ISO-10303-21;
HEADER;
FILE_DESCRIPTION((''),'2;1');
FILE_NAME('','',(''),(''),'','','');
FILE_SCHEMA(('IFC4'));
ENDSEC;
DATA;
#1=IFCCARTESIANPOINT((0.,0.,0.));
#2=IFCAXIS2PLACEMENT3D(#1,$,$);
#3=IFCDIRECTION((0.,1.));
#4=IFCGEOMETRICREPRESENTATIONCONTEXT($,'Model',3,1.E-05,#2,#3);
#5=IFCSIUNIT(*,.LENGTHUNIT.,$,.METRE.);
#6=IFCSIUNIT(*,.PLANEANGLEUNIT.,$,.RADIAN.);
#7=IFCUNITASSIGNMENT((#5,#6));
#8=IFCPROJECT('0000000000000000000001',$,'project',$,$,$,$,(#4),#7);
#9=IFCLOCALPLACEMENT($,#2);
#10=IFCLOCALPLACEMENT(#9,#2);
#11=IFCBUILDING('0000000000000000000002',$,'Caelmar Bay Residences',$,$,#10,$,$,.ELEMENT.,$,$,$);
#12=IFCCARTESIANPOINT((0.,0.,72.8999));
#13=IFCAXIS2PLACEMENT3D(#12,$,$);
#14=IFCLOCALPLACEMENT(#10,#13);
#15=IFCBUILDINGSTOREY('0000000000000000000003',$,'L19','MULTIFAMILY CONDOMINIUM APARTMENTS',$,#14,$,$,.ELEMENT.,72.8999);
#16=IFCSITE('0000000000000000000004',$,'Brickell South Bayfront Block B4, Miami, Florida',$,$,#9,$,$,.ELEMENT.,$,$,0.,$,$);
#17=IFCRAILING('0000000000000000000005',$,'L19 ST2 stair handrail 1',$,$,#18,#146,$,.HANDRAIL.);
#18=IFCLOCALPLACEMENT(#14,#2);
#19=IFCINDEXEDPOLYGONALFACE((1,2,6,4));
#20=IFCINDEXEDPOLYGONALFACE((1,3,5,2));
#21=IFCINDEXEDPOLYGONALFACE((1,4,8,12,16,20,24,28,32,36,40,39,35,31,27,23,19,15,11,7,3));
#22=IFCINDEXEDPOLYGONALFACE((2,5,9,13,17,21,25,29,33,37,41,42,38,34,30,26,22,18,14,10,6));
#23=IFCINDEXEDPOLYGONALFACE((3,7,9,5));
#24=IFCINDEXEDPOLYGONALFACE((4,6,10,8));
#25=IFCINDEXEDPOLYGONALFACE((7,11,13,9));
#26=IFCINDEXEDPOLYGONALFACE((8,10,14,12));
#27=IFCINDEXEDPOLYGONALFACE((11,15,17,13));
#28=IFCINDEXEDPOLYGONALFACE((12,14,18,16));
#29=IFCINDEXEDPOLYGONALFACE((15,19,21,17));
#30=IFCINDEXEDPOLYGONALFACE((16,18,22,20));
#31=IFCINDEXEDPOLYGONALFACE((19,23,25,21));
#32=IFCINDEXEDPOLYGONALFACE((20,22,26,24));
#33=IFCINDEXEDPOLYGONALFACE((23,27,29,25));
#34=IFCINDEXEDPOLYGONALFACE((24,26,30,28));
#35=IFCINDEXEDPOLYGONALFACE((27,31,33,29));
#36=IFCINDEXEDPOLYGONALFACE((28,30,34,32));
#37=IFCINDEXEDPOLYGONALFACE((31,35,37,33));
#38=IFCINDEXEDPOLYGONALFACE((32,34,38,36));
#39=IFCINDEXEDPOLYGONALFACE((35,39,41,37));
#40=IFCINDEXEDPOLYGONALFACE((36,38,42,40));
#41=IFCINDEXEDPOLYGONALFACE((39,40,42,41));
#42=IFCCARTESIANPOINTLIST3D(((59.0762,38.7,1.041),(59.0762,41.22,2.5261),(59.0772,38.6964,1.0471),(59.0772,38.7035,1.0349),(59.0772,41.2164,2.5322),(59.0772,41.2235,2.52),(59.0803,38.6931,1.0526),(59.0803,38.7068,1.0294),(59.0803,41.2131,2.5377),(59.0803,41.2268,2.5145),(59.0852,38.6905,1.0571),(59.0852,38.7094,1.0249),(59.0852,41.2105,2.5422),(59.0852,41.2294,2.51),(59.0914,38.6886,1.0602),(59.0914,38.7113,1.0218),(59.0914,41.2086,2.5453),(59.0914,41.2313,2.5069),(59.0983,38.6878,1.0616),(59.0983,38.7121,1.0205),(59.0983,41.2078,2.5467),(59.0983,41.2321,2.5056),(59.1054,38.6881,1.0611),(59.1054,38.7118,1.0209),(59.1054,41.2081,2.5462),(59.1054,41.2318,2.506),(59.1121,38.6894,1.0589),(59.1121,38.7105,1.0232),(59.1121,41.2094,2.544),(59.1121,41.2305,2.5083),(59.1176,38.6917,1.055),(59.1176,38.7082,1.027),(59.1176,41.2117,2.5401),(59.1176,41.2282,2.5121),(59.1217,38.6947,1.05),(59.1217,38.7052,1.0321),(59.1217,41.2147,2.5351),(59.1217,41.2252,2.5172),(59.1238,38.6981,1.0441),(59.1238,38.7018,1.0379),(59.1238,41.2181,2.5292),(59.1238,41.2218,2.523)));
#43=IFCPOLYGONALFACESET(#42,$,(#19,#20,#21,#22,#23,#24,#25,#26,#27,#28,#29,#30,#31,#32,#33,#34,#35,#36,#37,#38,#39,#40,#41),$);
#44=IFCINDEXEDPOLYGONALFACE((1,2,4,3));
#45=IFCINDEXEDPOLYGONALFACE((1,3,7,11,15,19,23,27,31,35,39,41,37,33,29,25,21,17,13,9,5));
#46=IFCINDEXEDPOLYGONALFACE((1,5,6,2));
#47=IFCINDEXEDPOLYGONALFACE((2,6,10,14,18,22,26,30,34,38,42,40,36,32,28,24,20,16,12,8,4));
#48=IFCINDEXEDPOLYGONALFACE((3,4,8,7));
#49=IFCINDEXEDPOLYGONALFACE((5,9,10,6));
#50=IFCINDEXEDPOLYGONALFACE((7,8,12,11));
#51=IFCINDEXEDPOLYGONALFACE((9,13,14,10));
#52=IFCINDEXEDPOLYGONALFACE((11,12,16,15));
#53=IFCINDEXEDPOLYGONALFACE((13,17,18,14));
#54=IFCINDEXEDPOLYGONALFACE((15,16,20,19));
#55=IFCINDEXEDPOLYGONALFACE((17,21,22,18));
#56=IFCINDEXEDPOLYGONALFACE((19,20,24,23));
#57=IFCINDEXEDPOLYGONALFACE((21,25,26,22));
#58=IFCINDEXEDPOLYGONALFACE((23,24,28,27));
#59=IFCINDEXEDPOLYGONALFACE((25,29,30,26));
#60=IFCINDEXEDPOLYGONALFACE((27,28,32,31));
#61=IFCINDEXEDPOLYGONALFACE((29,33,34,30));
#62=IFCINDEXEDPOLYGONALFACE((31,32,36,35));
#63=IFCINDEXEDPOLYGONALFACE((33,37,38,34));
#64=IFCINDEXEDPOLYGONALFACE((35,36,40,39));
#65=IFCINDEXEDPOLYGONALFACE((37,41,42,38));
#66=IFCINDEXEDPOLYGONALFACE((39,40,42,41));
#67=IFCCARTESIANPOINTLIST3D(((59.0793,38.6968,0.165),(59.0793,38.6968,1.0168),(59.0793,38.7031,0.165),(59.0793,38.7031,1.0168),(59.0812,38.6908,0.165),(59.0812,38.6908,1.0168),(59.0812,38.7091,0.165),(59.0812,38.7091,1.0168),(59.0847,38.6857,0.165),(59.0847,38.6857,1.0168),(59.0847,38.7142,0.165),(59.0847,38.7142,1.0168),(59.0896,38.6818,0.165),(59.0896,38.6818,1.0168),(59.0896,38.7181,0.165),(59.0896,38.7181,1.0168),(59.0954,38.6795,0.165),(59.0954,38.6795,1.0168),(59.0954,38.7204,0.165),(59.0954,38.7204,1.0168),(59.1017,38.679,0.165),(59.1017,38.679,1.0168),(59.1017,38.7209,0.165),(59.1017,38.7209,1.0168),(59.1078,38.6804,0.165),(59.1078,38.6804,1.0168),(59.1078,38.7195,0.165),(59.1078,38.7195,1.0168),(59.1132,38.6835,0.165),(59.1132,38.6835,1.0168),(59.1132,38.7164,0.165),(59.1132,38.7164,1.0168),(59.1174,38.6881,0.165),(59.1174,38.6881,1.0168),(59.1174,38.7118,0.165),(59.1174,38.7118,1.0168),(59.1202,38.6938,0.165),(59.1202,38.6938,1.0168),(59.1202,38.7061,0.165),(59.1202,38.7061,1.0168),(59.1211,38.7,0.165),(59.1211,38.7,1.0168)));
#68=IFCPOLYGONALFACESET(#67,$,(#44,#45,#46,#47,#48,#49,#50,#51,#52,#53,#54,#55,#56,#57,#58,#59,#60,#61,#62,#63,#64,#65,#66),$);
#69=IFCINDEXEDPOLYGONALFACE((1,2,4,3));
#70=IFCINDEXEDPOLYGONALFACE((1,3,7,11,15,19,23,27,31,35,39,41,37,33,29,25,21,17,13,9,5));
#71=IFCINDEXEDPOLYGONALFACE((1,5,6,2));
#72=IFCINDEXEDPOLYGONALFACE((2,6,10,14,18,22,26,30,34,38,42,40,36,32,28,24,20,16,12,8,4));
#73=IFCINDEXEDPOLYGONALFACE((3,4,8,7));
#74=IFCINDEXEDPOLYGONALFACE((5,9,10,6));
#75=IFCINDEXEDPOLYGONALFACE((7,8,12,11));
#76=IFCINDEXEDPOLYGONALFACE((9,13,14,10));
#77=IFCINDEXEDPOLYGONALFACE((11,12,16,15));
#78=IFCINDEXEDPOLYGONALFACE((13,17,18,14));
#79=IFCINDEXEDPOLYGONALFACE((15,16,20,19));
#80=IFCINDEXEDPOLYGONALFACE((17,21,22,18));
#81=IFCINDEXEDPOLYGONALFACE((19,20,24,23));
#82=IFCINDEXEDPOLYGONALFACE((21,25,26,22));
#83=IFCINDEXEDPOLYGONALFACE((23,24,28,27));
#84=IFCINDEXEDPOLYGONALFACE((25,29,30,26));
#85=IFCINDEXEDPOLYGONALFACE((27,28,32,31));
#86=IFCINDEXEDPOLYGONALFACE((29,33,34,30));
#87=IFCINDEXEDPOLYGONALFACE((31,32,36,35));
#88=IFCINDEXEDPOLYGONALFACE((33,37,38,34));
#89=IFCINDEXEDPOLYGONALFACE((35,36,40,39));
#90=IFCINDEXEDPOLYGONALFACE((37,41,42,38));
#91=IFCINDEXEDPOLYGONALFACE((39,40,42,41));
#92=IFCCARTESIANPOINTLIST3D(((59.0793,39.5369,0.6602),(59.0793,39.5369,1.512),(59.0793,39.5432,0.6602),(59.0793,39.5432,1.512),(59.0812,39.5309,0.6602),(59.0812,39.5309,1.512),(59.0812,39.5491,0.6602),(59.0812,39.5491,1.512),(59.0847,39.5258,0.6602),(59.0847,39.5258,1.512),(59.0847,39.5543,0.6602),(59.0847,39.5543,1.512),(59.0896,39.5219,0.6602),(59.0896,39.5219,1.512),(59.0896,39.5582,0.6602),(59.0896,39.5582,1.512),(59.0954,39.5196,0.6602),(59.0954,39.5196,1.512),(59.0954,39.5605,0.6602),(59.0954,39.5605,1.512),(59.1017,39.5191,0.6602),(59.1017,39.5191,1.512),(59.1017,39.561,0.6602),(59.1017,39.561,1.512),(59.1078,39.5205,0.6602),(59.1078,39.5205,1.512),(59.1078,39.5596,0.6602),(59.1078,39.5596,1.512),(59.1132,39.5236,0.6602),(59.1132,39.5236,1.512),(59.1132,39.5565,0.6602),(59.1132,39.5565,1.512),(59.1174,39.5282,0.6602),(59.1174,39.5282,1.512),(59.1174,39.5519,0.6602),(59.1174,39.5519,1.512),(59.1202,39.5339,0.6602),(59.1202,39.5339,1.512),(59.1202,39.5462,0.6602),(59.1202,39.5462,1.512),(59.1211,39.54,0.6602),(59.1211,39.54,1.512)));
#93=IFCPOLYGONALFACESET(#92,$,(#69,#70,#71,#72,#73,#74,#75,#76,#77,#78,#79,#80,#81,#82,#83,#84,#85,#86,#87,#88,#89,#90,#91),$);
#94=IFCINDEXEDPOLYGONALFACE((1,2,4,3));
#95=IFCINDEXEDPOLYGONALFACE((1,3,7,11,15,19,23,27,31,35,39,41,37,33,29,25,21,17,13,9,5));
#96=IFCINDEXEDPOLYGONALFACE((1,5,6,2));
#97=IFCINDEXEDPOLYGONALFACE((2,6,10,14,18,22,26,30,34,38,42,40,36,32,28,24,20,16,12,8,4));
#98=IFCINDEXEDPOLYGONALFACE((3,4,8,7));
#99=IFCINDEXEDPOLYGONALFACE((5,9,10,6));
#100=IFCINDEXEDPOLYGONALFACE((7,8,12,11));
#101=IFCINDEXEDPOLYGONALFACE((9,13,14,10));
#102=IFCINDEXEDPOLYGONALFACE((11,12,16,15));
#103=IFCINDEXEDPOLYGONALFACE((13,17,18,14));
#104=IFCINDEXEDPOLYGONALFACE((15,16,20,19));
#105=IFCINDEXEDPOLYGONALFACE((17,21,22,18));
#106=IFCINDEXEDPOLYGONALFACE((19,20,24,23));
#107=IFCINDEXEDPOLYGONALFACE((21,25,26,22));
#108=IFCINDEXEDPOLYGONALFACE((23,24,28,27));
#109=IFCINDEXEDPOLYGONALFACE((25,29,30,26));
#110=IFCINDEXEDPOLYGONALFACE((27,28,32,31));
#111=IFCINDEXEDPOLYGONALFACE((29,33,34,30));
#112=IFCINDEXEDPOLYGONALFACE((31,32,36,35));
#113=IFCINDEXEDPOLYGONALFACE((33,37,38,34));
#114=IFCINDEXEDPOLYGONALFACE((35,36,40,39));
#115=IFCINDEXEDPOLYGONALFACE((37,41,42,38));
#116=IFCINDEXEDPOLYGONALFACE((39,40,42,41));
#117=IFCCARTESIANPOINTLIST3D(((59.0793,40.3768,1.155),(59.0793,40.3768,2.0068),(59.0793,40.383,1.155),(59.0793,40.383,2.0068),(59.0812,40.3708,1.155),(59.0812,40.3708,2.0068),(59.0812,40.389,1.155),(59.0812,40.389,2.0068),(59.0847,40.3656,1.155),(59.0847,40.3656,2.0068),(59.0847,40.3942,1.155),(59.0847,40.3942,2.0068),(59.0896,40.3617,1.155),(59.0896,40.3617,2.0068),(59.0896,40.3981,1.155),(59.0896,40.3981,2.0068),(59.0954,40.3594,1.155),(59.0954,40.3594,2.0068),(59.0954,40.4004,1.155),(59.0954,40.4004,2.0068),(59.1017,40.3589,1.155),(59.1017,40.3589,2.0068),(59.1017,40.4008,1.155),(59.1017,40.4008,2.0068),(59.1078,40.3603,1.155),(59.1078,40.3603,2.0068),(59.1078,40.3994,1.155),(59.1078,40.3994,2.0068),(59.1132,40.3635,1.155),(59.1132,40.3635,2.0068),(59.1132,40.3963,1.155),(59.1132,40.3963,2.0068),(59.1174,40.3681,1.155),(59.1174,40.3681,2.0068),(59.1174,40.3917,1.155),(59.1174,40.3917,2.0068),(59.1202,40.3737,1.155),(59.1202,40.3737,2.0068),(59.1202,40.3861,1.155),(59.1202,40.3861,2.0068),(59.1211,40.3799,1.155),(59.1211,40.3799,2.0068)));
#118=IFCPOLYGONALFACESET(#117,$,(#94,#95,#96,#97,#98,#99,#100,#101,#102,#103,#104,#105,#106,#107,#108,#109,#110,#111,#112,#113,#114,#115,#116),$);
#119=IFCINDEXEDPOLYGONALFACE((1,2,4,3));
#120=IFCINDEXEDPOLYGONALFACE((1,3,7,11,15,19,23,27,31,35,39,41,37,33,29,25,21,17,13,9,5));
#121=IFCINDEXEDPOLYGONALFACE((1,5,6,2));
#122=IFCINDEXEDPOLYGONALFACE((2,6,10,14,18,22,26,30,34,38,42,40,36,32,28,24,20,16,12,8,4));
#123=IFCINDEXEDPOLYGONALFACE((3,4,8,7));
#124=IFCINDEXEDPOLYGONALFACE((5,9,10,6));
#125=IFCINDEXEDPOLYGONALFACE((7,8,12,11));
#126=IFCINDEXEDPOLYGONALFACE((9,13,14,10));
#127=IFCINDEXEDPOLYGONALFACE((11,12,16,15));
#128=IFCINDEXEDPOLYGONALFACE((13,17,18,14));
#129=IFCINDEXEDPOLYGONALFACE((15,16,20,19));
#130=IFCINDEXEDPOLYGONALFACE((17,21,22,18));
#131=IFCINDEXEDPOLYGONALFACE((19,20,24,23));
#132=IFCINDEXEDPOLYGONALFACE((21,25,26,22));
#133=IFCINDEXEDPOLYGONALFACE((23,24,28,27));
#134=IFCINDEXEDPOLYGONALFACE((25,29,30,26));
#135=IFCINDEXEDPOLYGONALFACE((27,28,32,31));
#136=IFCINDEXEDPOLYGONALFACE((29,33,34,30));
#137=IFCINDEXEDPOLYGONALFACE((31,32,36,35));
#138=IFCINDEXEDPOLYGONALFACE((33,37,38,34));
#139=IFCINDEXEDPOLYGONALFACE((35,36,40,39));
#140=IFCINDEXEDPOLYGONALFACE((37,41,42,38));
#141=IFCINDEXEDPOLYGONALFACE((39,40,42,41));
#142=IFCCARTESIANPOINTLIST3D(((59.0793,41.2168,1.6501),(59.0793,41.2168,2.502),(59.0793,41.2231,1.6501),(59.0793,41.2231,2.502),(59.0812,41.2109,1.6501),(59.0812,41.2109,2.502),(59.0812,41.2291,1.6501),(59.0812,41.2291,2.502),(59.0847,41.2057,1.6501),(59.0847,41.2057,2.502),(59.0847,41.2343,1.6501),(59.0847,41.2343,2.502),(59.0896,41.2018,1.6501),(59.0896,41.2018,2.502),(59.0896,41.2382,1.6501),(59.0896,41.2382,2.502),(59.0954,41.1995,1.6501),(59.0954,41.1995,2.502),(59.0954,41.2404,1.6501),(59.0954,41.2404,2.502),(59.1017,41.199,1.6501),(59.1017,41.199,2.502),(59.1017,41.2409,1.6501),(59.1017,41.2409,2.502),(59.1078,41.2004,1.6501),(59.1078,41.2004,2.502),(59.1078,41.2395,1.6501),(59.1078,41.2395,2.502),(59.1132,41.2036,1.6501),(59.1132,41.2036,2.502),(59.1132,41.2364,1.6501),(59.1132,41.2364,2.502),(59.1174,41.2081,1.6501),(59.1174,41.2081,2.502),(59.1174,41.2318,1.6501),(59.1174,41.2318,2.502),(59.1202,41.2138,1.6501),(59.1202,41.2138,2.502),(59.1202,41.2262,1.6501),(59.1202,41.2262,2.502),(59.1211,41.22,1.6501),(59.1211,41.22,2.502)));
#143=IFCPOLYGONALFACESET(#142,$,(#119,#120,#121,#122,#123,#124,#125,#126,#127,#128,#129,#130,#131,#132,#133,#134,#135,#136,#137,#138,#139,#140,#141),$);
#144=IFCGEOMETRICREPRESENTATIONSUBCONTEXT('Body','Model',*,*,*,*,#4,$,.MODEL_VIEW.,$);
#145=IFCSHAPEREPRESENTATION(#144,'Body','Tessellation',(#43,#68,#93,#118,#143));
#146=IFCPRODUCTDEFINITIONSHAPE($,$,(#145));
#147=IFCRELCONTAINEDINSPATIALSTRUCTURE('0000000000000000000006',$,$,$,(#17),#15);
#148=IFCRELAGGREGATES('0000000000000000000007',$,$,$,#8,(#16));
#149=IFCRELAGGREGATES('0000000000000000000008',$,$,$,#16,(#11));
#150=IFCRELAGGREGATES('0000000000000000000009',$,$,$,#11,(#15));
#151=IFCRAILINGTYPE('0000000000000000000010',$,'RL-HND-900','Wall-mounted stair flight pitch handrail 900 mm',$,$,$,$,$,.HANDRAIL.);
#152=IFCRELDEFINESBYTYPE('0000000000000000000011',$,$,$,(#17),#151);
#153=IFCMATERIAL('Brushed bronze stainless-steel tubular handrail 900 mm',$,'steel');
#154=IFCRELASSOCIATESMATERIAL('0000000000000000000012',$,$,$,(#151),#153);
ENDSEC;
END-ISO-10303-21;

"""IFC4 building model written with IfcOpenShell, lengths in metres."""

from ifc_helpers import new_model, si_unit, direction, frame, origin, origin_2d, place, context, subcontext, project, spatial, circle, extrude, material, type_object, element, save


model = new_model("IFC4")

# Units and contexts
model_context = context("Model", 3, precision=1e-05, world=origin(), true_north=direction((0.0, 1.0)))
body_context = subcontext(model_context, "Body", "Model", "MODEL_VIEW")
ifc_project = project(units=[si_unit("LENGTHUNIT", "METRE"), si_unit("PLANEANGLEUNIT", "RADIAN")], contexts=[model_context])

# Site, building, storey
site_placement = place(None, origin())
site = spatial("IfcSite", under=ifc_project, at=site_placement, Name="Brickell South Bayfront Block B4, Miami, Florida", CompositionType="ELEMENT", RefElevation=0.0)
building_placement = place(site_placement, origin())
building = spatial("IfcBuilding", under=site, at=building_placement, Name="Caelmar Bay Residences", CompositionType="ELEMENT")
storey_placement = place(building_placement, frame((0.0, 0.0, 72.8999)))
storey = spatial("IfcBuildingStorey", under=building, at=storey_placement, Name="L19", Description="MULTIFAMILY CONDOMINIUM APARTMENTS", CompositionType="ELEMENT", Elevation=72.8999)

# Railing
ifc_material_1 = material(Name="Brushed bronze stainless-steel tubular handrail 900 mm", Category="steel")
railing_type_1 = type_object("IfcRailingType", Name="RL-HND-900", Description="Wall-mounted stair flight pitch handrail 900 mm", PredefinedType="HANDRAIL", material=ifc_material_1)
railing_1_placement = place(storey_placement, frame((59.1001, 38.7, 0.165)))
element("IfcRailing", 1, at=railing_1_placement, inside=storey, type_object=railing_type_1, Name="L19 ST2 stair handrail 1", PredefinedType="HANDRAIL", context=body_context, shape_type="SweptSolid", body=[
    extrude(circle(Radius=0.0239, at=origin_2d()), frame((0.0, 0.0, 0.876), z_axis=(0.0, 0.861524, 0.507717), x_axis=(-1.0, 0.0, 0.0)), (0.0, 0.0, 1.0), 2.925),
    extrude(circle(Radius=0.021, at=origin_2d()), origin(), (0.0, 0.0, 1.0), 0.8518),
    extrude(circle(Radius=0.021, at=origin_2d()), frame((0.0, 0.8401, 0.4951)), (0.0, 0.0, 1.0), 0.8518),
    extrude(circle(Radius=0.021, at=origin_2d()), frame((0.0, 1.6799, 0.99)), (0.0, 0.0, 1.0), 0.8518),
    extrude(circle(Radius=0.021, at=origin_2d()), frame((0.0, 2.52, 1.4851)), (0.0, 0.0, 1.0), 0.8518),
])

save(model, "model.ifc")
